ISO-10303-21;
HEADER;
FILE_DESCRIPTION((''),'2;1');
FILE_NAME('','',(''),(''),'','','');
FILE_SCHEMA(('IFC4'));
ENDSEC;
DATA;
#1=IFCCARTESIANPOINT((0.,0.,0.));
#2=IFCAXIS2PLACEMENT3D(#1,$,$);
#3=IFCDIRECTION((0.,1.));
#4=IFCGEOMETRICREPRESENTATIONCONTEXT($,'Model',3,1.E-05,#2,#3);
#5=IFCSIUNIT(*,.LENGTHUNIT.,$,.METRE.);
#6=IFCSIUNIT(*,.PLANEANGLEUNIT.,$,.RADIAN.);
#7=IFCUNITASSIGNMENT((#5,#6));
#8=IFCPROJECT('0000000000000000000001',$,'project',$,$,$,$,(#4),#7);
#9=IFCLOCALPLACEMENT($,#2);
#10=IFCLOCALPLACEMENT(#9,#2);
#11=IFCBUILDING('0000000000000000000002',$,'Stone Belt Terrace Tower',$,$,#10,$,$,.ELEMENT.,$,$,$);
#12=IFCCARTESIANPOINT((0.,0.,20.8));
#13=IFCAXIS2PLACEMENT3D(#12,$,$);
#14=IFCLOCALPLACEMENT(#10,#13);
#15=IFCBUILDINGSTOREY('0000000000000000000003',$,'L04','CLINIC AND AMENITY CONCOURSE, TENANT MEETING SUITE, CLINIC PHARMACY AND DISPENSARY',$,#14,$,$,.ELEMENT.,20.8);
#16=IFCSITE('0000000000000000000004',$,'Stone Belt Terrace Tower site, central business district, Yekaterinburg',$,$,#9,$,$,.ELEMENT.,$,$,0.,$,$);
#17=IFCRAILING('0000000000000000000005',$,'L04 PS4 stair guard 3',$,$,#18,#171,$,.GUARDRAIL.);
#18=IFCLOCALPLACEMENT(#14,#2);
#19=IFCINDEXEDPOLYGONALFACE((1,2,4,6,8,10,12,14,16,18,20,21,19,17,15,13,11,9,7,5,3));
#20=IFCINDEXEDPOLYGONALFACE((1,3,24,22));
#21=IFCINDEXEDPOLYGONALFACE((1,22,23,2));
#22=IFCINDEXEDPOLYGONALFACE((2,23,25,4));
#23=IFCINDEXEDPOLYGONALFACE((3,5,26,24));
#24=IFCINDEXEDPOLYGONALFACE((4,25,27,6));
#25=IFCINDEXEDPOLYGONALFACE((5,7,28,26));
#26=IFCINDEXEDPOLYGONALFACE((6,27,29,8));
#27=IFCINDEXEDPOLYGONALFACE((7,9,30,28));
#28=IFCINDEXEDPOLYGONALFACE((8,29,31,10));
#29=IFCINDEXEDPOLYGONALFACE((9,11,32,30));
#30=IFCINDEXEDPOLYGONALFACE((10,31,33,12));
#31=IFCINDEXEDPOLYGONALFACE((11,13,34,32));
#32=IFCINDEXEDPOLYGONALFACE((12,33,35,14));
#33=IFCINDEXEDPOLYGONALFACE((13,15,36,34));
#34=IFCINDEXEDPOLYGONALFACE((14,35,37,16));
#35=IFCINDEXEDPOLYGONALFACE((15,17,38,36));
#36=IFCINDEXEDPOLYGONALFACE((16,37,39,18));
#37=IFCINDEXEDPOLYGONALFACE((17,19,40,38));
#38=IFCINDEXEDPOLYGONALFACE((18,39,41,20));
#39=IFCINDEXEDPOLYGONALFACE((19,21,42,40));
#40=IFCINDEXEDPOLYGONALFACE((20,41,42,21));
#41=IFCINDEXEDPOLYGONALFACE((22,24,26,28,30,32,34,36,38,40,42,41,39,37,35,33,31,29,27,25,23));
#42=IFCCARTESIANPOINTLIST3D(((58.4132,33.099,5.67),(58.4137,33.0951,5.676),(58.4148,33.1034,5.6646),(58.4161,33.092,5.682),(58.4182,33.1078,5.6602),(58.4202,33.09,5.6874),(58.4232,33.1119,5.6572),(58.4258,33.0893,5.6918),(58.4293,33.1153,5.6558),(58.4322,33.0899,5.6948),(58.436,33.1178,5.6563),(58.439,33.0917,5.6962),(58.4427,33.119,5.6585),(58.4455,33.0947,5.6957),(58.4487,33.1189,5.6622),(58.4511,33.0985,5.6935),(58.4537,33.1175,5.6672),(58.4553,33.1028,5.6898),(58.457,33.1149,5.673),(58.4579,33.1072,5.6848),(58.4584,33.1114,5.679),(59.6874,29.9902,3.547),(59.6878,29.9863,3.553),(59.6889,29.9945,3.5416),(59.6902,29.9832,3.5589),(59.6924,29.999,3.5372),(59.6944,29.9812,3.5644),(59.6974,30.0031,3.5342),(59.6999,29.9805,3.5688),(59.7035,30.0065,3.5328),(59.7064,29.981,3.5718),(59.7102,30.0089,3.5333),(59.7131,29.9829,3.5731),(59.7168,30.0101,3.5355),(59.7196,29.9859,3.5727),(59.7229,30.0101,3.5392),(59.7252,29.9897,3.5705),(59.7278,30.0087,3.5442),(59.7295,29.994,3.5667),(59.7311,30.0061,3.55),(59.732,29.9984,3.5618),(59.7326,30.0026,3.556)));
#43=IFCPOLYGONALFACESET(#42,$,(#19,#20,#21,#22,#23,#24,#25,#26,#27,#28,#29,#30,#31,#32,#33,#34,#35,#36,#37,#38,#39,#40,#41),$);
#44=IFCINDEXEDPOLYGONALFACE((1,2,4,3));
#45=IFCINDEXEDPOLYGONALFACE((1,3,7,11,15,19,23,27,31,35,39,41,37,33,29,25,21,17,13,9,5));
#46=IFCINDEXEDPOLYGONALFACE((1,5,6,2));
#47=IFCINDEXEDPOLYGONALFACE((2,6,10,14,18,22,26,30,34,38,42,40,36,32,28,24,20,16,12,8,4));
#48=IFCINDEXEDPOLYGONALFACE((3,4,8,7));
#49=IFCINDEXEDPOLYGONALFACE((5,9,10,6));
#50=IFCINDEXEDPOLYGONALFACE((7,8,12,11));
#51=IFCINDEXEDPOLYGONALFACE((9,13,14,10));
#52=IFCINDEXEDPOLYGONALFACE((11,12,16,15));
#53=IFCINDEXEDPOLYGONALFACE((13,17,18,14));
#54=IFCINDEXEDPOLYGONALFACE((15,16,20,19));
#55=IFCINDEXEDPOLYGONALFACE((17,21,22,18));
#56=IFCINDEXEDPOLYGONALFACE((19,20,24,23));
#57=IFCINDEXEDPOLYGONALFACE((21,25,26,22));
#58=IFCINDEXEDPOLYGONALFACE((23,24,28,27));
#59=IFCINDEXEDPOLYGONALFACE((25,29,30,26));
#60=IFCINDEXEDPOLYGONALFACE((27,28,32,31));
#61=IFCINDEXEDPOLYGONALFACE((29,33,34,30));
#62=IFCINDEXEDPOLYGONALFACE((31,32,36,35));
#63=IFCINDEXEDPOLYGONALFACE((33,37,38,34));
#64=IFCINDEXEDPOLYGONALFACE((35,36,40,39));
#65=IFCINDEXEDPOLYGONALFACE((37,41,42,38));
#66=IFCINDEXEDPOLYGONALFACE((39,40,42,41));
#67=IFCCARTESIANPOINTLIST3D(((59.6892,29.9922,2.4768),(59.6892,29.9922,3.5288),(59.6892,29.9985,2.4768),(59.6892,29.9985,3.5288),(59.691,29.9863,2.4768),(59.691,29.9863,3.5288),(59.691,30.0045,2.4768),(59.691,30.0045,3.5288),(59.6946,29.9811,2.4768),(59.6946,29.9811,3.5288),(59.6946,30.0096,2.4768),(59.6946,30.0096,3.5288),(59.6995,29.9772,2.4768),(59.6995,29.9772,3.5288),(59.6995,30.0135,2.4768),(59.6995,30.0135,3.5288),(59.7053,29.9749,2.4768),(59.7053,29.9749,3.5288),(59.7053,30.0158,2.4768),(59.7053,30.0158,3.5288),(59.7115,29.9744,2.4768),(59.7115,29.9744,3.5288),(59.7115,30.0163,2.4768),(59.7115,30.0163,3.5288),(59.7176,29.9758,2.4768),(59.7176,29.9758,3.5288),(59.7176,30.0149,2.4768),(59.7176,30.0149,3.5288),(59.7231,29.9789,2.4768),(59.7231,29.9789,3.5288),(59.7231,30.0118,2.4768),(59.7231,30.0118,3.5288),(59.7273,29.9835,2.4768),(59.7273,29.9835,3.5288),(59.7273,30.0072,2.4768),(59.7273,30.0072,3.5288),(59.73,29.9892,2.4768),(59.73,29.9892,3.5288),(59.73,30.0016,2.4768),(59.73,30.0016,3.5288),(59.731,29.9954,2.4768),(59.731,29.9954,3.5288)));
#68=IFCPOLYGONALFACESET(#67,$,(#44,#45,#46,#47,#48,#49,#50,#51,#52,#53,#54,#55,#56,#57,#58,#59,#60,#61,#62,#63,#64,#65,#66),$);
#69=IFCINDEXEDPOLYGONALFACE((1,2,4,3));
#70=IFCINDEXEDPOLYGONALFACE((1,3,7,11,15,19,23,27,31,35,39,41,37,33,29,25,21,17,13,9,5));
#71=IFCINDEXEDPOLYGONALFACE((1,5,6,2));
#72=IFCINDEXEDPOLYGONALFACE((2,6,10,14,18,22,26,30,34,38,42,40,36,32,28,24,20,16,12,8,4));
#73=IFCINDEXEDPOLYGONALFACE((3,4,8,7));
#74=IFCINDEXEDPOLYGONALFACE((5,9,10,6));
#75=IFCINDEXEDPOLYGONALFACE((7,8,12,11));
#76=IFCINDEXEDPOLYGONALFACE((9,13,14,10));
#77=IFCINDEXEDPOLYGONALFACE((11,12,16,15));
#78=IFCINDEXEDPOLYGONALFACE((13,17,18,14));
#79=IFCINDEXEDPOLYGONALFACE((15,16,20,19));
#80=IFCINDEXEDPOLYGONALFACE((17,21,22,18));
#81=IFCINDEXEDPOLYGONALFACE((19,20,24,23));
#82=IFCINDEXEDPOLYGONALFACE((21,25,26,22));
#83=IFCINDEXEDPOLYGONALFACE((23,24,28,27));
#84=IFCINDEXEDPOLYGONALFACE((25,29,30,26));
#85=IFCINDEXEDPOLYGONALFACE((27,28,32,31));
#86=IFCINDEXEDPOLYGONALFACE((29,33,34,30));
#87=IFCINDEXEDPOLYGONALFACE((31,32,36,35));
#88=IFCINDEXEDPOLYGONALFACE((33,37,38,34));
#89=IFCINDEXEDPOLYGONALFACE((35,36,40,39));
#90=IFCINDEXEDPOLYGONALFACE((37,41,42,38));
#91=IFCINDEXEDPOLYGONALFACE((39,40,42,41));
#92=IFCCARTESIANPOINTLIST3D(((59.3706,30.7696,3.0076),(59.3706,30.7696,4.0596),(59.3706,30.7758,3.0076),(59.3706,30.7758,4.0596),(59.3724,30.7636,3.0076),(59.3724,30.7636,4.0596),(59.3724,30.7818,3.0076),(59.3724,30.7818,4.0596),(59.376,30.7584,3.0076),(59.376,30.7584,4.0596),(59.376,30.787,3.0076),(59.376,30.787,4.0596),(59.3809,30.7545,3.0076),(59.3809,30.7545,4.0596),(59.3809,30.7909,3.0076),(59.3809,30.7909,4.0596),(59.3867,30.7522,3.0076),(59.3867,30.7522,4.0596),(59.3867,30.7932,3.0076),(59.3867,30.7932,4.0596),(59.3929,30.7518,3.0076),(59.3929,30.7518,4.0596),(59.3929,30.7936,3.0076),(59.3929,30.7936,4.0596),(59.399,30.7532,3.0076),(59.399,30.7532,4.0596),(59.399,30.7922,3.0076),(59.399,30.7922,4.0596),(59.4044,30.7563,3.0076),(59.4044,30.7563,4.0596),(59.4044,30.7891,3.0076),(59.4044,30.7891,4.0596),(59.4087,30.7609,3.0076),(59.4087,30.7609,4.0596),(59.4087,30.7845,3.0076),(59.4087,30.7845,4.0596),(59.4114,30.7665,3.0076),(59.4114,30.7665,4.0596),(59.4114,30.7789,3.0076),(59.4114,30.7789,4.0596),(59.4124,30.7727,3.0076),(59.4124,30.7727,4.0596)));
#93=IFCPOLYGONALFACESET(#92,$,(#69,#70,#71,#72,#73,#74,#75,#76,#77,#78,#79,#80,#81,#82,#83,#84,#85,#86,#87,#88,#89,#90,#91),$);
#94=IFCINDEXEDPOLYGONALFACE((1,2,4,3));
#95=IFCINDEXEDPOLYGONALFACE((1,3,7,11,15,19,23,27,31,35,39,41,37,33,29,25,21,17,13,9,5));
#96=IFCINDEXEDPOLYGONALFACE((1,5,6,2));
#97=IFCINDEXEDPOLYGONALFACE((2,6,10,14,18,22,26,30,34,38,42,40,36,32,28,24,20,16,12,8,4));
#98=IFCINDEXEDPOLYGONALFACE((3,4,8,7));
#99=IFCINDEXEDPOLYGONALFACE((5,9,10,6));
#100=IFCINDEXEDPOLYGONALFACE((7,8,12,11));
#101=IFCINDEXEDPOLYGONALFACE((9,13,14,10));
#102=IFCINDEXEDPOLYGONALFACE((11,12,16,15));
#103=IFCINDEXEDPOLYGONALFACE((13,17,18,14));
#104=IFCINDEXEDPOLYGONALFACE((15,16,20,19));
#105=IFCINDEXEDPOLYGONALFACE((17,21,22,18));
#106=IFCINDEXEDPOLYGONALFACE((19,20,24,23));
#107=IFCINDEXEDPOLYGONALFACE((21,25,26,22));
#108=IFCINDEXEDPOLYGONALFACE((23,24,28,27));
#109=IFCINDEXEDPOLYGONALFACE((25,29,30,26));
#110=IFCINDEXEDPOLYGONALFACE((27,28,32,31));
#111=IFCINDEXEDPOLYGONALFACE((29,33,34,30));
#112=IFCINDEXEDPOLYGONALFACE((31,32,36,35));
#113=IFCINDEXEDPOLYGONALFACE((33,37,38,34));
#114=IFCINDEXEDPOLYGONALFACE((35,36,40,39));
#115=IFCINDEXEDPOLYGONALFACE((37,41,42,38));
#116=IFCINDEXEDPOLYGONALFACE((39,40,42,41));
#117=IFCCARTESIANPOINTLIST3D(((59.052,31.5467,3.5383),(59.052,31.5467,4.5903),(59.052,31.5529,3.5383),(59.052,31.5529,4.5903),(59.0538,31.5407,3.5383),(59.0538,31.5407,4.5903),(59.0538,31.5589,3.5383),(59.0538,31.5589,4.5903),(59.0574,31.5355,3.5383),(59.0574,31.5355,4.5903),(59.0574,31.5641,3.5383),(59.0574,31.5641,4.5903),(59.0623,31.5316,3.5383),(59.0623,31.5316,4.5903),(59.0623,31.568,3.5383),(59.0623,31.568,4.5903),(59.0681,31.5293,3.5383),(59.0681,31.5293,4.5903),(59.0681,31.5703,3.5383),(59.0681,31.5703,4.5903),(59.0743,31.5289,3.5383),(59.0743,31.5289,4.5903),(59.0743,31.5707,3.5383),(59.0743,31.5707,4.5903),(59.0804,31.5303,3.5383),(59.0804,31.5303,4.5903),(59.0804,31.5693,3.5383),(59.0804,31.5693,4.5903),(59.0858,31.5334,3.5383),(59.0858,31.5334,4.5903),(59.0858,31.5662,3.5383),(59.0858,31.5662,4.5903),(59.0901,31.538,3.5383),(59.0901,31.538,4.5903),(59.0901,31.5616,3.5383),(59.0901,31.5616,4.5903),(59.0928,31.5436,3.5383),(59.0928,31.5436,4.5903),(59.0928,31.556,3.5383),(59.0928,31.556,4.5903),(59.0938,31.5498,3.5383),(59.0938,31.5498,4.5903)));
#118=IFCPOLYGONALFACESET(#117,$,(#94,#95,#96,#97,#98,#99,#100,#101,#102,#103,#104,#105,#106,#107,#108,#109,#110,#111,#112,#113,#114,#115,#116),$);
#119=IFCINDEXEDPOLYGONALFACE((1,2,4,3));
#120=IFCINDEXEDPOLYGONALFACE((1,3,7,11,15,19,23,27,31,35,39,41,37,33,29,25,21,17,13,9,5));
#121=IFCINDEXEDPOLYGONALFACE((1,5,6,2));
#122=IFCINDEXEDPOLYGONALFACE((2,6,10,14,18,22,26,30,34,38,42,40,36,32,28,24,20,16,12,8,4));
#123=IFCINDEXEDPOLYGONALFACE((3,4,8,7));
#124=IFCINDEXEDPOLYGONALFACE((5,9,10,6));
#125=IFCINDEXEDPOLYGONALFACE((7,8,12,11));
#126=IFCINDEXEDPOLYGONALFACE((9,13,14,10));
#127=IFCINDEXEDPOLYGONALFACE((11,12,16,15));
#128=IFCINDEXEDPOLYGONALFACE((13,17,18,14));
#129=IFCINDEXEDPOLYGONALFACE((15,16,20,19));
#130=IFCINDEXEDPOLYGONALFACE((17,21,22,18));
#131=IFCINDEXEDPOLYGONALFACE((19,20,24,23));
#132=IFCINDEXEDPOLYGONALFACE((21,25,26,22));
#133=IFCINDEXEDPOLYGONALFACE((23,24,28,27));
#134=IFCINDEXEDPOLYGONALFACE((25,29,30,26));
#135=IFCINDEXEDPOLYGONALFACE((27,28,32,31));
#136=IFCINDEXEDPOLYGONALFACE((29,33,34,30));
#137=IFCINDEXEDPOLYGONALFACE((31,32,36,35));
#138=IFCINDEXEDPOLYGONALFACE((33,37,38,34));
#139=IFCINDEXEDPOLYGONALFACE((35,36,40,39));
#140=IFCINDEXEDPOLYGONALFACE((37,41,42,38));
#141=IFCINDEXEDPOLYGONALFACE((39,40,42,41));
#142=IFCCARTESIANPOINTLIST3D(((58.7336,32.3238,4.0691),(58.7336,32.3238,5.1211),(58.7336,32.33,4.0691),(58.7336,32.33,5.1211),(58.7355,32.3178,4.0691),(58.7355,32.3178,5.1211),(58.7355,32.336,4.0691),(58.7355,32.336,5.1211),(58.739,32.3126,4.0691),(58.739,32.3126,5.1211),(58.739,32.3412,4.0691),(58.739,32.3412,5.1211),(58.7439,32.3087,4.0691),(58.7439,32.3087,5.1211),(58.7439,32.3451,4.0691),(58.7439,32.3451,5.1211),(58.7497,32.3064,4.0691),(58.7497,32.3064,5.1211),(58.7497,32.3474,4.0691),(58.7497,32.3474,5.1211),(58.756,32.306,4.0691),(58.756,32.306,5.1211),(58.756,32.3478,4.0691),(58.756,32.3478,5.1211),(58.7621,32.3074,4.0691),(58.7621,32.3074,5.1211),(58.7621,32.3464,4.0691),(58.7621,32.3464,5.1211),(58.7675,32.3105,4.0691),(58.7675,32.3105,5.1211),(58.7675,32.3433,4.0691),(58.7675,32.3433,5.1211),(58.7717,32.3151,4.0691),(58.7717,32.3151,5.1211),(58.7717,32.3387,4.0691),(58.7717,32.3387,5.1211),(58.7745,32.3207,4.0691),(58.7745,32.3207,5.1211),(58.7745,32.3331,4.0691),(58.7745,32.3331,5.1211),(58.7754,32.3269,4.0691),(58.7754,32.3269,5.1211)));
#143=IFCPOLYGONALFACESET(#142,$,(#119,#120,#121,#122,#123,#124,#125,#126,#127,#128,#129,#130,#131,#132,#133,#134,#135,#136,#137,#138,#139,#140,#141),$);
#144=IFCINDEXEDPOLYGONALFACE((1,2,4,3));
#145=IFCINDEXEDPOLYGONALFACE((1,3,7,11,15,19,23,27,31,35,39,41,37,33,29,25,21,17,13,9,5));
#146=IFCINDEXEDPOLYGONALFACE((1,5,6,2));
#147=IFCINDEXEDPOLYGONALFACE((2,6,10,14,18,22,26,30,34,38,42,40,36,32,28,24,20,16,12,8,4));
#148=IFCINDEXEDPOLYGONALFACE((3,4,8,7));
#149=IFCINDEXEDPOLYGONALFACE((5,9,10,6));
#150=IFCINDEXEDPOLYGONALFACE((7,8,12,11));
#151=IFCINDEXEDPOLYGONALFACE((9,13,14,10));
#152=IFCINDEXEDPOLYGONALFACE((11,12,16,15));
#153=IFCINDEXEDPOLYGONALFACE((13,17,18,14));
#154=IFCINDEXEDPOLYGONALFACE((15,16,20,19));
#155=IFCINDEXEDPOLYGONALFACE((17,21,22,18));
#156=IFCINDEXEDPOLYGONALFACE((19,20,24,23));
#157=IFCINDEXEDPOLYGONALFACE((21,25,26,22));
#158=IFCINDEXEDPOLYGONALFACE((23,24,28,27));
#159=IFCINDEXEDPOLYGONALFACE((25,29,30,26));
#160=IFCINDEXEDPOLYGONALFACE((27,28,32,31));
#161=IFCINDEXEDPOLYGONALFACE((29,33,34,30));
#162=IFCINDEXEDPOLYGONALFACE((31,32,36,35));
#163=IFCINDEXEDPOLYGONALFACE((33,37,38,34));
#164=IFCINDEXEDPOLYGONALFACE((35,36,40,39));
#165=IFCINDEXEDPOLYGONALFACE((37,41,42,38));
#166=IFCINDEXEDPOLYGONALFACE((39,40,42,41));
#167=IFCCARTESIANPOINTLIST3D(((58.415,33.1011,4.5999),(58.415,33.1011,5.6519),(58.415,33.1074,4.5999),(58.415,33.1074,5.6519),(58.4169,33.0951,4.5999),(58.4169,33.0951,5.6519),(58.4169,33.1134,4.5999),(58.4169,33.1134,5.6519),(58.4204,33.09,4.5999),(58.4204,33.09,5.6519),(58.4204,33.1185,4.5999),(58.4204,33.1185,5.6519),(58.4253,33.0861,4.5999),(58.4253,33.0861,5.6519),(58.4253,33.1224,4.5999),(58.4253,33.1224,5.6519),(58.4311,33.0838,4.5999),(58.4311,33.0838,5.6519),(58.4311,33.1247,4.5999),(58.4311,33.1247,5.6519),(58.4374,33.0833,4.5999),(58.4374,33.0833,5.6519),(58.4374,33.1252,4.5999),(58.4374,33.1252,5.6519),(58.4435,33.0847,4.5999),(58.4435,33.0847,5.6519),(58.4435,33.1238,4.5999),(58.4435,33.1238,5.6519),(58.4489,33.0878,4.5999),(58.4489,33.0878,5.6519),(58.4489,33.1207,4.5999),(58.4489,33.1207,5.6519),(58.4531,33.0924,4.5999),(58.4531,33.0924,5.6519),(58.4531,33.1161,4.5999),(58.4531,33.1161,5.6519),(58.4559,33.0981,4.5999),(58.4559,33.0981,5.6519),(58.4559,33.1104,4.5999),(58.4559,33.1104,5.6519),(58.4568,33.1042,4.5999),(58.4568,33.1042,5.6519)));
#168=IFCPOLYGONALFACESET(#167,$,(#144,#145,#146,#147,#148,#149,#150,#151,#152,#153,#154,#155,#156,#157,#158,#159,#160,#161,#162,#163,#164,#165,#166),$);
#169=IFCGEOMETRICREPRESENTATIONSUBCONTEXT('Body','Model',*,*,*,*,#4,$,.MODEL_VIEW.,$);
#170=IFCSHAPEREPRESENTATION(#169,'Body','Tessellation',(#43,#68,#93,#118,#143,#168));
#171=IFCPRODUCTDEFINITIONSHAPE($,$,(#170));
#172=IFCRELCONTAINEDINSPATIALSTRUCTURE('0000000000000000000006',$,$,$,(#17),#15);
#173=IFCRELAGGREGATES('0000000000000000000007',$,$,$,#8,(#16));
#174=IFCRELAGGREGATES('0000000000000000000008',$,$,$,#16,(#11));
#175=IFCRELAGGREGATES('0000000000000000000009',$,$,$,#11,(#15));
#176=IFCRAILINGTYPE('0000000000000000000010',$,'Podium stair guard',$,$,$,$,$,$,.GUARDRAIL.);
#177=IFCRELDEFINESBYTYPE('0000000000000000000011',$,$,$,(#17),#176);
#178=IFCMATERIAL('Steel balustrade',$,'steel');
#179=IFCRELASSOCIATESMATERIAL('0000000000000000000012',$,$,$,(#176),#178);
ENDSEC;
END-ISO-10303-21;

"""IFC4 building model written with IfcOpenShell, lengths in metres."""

from ifc_helpers import new_model, si_unit, direction, frame, origin, origin_2d, place, context, subcontext, project, spatial, circle, extrude, material, type_object, element, save


model = new_model("IFC4")

# Units and contexts
model_context = context("Model", 3, precision=1e-05, world=origin(), true_north=direction((0.0, 1.0)))
body_context = subcontext(model_context, "Body", "Model", "MODEL_VIEW")
ifc_project = project(units=[si_unit("LENGTHUNIT", "METRE"), si_unit("PLANEANGLEUNIT", "RADIAN")], contexts=[model_context])

# Site, building, storey
site_placement = place(None, origin())
site = spatial("IfcSite", under=ifc_project, at=site_placement, Name="Stone Belt Terrace Tower site, central business district, Yekaterinburg", CompositionType="ELEMENT", RefElevation=0.0)
building_placement = place(site_placement, origin())
building = spatial("IfcBuilding", under=site, at=building_placement, Name="Stone Belt Terrace Tower", CompositionType="ELEMENT")
storey_placement = place(building_placement, frame((0.0, 0.0, 20.8)))
storey = spatial("IfcBuildingStorey", under=building, at=storey_placement, Name="L04", Description="CLINIC AND AMENITY CONCOURSE, TENANT MEETING SUITE, CLINIC PHARMACY AND DISPENSARY", CompositionType="ELEMENT", Elevation=20.8)

# Railing
ifc_material_1 = material(Name="Steel balustrade", Category="steel")
railing_type_1 = type_object("IfcRailingType", Name="Podium stair guard", PredefinedType="GUARDRAIL", material=ifc_material_1)
railing_1_placement = place(storey_placement, frame((59.71, 29.9954, 2.4768)))
element("IfcRailing", 1, at=railing_1_placement, inside=storey, type_object=railing_type_1, Name="L04 PS4 stair guard 3", PredefinedType="GUARDRAIL", context=body_context, shape_type="SweptSolid", body=[
    extrude(circle(Radius=0.0239, at=origin_2d()), frame((0.0, 0.0, 1.0762), z_axis=(-0.320593, 0.782224, 0.534178), x_axis=(-0.925301, -0.379233, 0.0)), (0.0, 0.0, 1.0), 3.9744),
    extrude(circle(Radius=0.021, at=origin_2d()), origin(), (0.0, 0.0, 1.0), 1.052),
    extrude(circle(Radius=0.021, at=origin_2d()), frame((-0.3186, 0.7773, 0.5308)), (0.0, 0.0, 1.0), 1.052),
    extrude(circle(Radius=0.021, at=origin_2d()), frame((-0.6372, 1.5544, 1.0615)), (0.0, 0.0, 1.0), 1.052),
    extrude(circle(Radius=0.021, at=origin_2d()), frame((-0.9556, 2.3315, 1.5923)), (0.0, 0.0, 1.0), 1.052),
    extrude(circle(Radius=0.021, at=origin_2d()), frame((-1.2742, 3.1089, 2.123)), (0.0, 0.0, 1.0), 1.052),
])

save(model, "model.ifc")
